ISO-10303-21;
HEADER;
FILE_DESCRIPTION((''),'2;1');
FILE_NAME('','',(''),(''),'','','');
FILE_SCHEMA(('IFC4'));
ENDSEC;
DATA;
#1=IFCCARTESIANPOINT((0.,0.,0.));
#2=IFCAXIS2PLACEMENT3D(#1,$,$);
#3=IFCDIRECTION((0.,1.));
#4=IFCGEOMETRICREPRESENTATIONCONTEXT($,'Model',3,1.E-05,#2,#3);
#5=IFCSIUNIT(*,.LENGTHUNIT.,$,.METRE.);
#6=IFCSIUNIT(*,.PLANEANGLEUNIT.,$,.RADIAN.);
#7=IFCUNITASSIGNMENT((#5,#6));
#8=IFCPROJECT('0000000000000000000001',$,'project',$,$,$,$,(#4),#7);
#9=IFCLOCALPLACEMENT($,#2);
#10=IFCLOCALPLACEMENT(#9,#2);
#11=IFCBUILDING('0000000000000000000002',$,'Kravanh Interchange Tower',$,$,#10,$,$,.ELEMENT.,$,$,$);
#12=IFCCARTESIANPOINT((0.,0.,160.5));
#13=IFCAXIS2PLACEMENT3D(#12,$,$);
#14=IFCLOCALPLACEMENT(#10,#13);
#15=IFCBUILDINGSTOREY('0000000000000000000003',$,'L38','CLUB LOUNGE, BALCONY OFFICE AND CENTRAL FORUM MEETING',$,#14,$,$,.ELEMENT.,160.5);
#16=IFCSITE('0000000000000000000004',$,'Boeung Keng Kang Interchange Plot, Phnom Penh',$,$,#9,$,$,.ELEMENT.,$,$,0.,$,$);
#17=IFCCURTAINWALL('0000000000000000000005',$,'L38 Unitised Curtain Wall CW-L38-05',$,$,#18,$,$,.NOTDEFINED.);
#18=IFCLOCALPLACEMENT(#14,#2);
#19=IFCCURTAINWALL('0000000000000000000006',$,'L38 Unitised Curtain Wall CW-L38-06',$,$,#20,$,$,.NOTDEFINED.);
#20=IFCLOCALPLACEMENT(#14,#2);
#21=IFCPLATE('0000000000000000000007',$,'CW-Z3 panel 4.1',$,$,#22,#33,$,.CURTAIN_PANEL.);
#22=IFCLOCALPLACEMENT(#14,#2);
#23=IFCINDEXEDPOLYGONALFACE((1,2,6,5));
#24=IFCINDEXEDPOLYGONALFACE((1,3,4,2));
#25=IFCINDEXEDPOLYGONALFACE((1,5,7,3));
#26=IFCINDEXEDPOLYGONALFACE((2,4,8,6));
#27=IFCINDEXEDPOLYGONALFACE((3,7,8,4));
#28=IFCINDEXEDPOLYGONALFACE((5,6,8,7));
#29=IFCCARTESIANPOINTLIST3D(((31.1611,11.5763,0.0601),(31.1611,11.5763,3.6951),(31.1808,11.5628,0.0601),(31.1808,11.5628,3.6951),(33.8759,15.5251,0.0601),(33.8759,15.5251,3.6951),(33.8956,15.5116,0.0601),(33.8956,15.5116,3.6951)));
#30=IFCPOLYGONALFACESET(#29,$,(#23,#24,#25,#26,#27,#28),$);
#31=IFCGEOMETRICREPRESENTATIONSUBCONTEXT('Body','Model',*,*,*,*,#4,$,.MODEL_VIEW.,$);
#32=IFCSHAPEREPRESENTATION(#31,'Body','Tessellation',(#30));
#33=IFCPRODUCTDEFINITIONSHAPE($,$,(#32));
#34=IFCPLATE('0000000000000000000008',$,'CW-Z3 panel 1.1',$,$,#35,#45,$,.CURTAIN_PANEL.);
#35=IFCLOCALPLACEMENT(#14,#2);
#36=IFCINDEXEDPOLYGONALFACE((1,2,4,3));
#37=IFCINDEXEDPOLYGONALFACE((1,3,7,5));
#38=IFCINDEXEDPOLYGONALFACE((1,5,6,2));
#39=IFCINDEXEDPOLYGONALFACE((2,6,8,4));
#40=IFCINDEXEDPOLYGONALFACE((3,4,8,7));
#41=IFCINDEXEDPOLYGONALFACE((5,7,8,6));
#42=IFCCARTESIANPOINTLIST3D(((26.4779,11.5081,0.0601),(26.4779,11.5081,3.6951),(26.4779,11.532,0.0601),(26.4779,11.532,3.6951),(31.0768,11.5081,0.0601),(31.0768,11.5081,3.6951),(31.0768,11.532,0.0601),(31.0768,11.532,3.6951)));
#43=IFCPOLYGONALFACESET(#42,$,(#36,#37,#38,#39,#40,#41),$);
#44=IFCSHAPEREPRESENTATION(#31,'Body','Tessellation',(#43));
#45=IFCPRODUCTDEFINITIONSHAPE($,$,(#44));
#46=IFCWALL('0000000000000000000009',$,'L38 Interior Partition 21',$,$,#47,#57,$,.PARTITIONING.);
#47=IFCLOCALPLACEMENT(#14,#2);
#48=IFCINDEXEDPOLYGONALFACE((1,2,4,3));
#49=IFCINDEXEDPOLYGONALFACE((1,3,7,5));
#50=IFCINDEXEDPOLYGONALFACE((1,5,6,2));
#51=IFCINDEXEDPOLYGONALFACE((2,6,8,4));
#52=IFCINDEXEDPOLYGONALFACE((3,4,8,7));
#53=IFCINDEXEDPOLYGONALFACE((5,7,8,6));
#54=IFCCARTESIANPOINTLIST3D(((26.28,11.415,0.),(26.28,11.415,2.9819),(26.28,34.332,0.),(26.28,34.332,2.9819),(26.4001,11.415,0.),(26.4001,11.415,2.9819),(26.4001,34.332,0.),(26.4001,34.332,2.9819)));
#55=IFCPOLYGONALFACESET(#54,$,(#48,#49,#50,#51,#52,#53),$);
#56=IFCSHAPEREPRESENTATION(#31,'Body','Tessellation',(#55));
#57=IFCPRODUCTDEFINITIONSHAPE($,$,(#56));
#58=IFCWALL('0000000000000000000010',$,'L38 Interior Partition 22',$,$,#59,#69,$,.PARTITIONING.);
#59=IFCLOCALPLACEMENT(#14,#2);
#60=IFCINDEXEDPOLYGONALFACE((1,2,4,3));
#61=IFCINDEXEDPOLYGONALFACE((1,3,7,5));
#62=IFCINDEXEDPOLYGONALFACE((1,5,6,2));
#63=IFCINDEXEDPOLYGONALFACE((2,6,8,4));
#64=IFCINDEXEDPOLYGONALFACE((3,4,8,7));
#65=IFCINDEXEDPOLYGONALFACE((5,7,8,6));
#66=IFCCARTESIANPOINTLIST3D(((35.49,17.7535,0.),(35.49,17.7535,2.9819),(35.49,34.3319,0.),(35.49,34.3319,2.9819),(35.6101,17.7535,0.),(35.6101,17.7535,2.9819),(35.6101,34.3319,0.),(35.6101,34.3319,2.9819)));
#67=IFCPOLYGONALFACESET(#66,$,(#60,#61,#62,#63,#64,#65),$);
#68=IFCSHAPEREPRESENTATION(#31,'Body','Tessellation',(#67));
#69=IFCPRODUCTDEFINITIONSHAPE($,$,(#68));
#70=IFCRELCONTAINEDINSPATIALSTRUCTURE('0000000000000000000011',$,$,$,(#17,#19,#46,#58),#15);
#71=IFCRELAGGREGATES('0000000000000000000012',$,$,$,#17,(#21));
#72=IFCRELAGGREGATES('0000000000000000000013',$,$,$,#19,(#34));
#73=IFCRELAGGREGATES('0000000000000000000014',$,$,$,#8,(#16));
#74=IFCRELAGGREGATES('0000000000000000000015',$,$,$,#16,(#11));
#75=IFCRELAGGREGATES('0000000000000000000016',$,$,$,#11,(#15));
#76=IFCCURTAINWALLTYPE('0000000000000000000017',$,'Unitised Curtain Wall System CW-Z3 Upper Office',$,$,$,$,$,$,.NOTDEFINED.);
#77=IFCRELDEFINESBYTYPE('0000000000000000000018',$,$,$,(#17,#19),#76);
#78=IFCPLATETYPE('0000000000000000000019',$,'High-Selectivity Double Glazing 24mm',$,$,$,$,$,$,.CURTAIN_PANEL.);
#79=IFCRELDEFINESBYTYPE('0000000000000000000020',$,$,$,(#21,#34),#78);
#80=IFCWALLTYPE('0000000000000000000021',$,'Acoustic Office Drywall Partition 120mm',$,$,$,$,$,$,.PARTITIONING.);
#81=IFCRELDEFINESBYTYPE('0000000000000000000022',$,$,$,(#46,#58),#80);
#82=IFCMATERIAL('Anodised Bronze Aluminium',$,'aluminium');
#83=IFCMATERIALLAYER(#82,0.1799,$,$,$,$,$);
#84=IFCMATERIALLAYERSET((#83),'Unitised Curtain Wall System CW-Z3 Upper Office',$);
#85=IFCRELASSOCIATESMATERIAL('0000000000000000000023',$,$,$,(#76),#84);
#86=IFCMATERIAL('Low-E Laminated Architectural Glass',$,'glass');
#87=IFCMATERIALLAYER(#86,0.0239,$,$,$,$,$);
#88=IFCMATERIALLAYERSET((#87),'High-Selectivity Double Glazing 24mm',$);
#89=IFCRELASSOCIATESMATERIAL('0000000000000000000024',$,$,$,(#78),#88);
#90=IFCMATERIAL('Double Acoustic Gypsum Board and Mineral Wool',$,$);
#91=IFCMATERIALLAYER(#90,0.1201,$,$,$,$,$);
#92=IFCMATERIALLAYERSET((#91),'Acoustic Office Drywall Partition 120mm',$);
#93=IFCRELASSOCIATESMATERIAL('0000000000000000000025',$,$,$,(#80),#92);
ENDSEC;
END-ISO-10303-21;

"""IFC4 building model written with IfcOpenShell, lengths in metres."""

from ifc_helpers import new_model, si_unit, direction, frame, frame_2d, origin, origin_2d, place, context, subcontext, project, spatial, rectangle, extrude, material, layer, layer_set, type_object, element, aggregate, save


model = new_model("IFC4")

# Units and contexts
model_context = context("Model", 3, precision=1e-05, world=origin(), true_north=direction((0.0, 1.0)))
body_context = subcontext(model_context, "Body", "Model", "MODEL_VIEW")
ifc_project = project(units=[si_unit("LENGTHUNIT", "METRE"), si_unit("PLANEANGLEUNIT", "RADIAN")], contexts=[model_context])

# Site, building, storey
site_placement = place(None, origin())
site = spatial("IfcSite", under=ifc_project, at=site_placement, Name="Boeung Keng Kang Interchange Plot, Phnom Penh", CompositionType="ELEMENT", RefElevation=0.0)
building_placement = place(site_placement, origin())
building = spatial("IfcBuilding", under=site, at=building_placement, Name="Kravanh Interchange Tower", CompositionType="ELEMENT")
storey_placement = place(building_placement, frame((0.0, 0.0, 160.5)))
storey = spatial("IfcBuildingStorey", under=building, at=storey_placement, Name="L38", Description="CLUB LOUNGE, BALCONY OFFICE AND CENTRAL FORUM MEETING", CompositionType="ELEMENT", Elevation=160.5)

# Curtain walls
ifc_material_1 = material(Name="Anodised Bronze Aluminium", Category="aluminium")
ifc_layer_1 = layer(ifc_material_1, 0.1799)
ifc_layer_set_1 = layer_set([ifc_layer_1], Name="Unitised Curtain Wall System CW-Z3 Upper Office")
curtain_wall_type = type_object("IfcCurtainWallType", Name="Unitised Curtain Wall System CW-Z3 Upper Office", PredefinedType="NOTDEFINED", material=ifc_layer_set_1)
curtain_wall_1_placement = place(storey_placement, origin())
curtain_wall_1 = element("IfcCurtainWall", 1, at=curtain_wall_1_placement, inside=storey, type_object=curtain_wall_type, Name="L38 Unitised Curtain Wall CW-L38-05", PredefinedType="NOTDEFINED")
curtain_wall_2_placement = place(storey_placement, origin())
curtain_wall_2 = element("IfcCurtainWall", 2, at=curtain_wall_2_placement, inside=storey, type_object=curtain_wall_type, Name="L38 Unitised Curtain Wall CW-L38-06", PredefinedType="NOTDEFINED")

# Shared definitions
ifc_material_2 = material(Name="Low-E Laminated Architectural Glass", Category="glass")
ifc_layer_2 = layer(ifc_material_2, 0.0239)
ifc_layer_set_2 = layer_set([ifc_layer_2], Name="High-Selectivity Double Glazing 24mm")
plate_type = type_object("IfcPlateType", Name="High-Selectivity Double Glazing 24mm", PredefinedType="CURTAIN_PANEL", material=ifc_layer_set_2)

# Plates
plate_1_placement = place(storey_placement, frame((32.5283, 13.5439, 0.0601), z_axis=(0.0, 0.0, 1.0), x_axis=(-0.566528, -0.824042, 0.0)))
plate_1 = element("IfcPlate", 3, at=plate_1_placement, type_object=plate_type, Name="CW-Z3 panel 4.1", PredefinedType="CURTAIN_PANEL", context=body_context, shape_type="SweptSolid", body=[
    extrude(rectangle(XDim=4.792, YDim=0.0239, at=origin_2d()), origin(), (0.0, 0.0, 1.0), 3.635),
])
aggregate(curtain_wall_1, [plate_1])
plate_2_placement = place(storey_placement, frame((28.7773, 11.52, 0.0601), z_axis=(0.0, 0.0, 1.0), x_axis=(-1.0, 0.0, 0.0)))
plate_2 = element("IfcPlate", 4, at=plate_2_placement, type_object=plate_type, Name="CW-Z3 panel 1.1", PredefinedType="CURTAIN_PANEL", context=body_context, shape_type="SweptSolid", body=[
    extrude(rectangle(XDim=4.5989, YDim=0.0239, at=origin_2d()), origin(), (0.0, 0.0, 1.0), 3.635),
])
aggregate(curtain_wall_2, [plate_2])

# Walls
ifc_material_3 = material(Name="Double Acoustic Gypsum Board and Mineral Wool")
ifc_layer_3 = layer(ifc_material_3, 0.1201)
ifc_layer_set_3 = layer_set([ifc_layer_3], Name="Acoustic Office Drywall Partition 120mm")
wall_type = type_object("IfcWallType", Name="Acoustic Office Drywall Partition 120mm", PredefinedType="PARTITIONING", material=ifc_layer_set_3)
wall_1_placement = place(storey_placement, frame((26.3401, 11.415, 0.0), z_axis=(0.0, 0.0, 1.0), x_axis=(0.0, 1.0, 0.0)))
element("IfcWall", 5, at=wall_1_placement, inside=storey, type_object=wall_type, Name="L38 Interior Partition 21", PredefinedType="PARTITIONING", context=body_context, shape_type="SweptSolid", body=[
    extrude(rectangle(XDim=22.917, YDim=0.1201, at=frame_2d((11.4585, 0.0))), origin(), (0.0, 0.0, 1.0), 2.9819),
])
wall_2_placement = place(storey_placement, frame((35.55, 17.7537, 0.0), z_axis=(0.0, 0.0, 1.0), x_axis=(0.0, 1.0, 0.0)))
element("IfcWall", 6, at=wall_2_placement, inside=storey, type_object=wall_type, Name="L38 Interior Partition 22", PredefinedType="PARTITIONING", context=body_context, shape_type="SweptSolid", body=[
    extrude(rectangle(XDim=16.5784, YDim=0.1201, at=frame_2d((8.2891, 0.0))), origin(), (0.0, 0.0, 1.0), 2.9819),
])

save(model, "model.ifc")
